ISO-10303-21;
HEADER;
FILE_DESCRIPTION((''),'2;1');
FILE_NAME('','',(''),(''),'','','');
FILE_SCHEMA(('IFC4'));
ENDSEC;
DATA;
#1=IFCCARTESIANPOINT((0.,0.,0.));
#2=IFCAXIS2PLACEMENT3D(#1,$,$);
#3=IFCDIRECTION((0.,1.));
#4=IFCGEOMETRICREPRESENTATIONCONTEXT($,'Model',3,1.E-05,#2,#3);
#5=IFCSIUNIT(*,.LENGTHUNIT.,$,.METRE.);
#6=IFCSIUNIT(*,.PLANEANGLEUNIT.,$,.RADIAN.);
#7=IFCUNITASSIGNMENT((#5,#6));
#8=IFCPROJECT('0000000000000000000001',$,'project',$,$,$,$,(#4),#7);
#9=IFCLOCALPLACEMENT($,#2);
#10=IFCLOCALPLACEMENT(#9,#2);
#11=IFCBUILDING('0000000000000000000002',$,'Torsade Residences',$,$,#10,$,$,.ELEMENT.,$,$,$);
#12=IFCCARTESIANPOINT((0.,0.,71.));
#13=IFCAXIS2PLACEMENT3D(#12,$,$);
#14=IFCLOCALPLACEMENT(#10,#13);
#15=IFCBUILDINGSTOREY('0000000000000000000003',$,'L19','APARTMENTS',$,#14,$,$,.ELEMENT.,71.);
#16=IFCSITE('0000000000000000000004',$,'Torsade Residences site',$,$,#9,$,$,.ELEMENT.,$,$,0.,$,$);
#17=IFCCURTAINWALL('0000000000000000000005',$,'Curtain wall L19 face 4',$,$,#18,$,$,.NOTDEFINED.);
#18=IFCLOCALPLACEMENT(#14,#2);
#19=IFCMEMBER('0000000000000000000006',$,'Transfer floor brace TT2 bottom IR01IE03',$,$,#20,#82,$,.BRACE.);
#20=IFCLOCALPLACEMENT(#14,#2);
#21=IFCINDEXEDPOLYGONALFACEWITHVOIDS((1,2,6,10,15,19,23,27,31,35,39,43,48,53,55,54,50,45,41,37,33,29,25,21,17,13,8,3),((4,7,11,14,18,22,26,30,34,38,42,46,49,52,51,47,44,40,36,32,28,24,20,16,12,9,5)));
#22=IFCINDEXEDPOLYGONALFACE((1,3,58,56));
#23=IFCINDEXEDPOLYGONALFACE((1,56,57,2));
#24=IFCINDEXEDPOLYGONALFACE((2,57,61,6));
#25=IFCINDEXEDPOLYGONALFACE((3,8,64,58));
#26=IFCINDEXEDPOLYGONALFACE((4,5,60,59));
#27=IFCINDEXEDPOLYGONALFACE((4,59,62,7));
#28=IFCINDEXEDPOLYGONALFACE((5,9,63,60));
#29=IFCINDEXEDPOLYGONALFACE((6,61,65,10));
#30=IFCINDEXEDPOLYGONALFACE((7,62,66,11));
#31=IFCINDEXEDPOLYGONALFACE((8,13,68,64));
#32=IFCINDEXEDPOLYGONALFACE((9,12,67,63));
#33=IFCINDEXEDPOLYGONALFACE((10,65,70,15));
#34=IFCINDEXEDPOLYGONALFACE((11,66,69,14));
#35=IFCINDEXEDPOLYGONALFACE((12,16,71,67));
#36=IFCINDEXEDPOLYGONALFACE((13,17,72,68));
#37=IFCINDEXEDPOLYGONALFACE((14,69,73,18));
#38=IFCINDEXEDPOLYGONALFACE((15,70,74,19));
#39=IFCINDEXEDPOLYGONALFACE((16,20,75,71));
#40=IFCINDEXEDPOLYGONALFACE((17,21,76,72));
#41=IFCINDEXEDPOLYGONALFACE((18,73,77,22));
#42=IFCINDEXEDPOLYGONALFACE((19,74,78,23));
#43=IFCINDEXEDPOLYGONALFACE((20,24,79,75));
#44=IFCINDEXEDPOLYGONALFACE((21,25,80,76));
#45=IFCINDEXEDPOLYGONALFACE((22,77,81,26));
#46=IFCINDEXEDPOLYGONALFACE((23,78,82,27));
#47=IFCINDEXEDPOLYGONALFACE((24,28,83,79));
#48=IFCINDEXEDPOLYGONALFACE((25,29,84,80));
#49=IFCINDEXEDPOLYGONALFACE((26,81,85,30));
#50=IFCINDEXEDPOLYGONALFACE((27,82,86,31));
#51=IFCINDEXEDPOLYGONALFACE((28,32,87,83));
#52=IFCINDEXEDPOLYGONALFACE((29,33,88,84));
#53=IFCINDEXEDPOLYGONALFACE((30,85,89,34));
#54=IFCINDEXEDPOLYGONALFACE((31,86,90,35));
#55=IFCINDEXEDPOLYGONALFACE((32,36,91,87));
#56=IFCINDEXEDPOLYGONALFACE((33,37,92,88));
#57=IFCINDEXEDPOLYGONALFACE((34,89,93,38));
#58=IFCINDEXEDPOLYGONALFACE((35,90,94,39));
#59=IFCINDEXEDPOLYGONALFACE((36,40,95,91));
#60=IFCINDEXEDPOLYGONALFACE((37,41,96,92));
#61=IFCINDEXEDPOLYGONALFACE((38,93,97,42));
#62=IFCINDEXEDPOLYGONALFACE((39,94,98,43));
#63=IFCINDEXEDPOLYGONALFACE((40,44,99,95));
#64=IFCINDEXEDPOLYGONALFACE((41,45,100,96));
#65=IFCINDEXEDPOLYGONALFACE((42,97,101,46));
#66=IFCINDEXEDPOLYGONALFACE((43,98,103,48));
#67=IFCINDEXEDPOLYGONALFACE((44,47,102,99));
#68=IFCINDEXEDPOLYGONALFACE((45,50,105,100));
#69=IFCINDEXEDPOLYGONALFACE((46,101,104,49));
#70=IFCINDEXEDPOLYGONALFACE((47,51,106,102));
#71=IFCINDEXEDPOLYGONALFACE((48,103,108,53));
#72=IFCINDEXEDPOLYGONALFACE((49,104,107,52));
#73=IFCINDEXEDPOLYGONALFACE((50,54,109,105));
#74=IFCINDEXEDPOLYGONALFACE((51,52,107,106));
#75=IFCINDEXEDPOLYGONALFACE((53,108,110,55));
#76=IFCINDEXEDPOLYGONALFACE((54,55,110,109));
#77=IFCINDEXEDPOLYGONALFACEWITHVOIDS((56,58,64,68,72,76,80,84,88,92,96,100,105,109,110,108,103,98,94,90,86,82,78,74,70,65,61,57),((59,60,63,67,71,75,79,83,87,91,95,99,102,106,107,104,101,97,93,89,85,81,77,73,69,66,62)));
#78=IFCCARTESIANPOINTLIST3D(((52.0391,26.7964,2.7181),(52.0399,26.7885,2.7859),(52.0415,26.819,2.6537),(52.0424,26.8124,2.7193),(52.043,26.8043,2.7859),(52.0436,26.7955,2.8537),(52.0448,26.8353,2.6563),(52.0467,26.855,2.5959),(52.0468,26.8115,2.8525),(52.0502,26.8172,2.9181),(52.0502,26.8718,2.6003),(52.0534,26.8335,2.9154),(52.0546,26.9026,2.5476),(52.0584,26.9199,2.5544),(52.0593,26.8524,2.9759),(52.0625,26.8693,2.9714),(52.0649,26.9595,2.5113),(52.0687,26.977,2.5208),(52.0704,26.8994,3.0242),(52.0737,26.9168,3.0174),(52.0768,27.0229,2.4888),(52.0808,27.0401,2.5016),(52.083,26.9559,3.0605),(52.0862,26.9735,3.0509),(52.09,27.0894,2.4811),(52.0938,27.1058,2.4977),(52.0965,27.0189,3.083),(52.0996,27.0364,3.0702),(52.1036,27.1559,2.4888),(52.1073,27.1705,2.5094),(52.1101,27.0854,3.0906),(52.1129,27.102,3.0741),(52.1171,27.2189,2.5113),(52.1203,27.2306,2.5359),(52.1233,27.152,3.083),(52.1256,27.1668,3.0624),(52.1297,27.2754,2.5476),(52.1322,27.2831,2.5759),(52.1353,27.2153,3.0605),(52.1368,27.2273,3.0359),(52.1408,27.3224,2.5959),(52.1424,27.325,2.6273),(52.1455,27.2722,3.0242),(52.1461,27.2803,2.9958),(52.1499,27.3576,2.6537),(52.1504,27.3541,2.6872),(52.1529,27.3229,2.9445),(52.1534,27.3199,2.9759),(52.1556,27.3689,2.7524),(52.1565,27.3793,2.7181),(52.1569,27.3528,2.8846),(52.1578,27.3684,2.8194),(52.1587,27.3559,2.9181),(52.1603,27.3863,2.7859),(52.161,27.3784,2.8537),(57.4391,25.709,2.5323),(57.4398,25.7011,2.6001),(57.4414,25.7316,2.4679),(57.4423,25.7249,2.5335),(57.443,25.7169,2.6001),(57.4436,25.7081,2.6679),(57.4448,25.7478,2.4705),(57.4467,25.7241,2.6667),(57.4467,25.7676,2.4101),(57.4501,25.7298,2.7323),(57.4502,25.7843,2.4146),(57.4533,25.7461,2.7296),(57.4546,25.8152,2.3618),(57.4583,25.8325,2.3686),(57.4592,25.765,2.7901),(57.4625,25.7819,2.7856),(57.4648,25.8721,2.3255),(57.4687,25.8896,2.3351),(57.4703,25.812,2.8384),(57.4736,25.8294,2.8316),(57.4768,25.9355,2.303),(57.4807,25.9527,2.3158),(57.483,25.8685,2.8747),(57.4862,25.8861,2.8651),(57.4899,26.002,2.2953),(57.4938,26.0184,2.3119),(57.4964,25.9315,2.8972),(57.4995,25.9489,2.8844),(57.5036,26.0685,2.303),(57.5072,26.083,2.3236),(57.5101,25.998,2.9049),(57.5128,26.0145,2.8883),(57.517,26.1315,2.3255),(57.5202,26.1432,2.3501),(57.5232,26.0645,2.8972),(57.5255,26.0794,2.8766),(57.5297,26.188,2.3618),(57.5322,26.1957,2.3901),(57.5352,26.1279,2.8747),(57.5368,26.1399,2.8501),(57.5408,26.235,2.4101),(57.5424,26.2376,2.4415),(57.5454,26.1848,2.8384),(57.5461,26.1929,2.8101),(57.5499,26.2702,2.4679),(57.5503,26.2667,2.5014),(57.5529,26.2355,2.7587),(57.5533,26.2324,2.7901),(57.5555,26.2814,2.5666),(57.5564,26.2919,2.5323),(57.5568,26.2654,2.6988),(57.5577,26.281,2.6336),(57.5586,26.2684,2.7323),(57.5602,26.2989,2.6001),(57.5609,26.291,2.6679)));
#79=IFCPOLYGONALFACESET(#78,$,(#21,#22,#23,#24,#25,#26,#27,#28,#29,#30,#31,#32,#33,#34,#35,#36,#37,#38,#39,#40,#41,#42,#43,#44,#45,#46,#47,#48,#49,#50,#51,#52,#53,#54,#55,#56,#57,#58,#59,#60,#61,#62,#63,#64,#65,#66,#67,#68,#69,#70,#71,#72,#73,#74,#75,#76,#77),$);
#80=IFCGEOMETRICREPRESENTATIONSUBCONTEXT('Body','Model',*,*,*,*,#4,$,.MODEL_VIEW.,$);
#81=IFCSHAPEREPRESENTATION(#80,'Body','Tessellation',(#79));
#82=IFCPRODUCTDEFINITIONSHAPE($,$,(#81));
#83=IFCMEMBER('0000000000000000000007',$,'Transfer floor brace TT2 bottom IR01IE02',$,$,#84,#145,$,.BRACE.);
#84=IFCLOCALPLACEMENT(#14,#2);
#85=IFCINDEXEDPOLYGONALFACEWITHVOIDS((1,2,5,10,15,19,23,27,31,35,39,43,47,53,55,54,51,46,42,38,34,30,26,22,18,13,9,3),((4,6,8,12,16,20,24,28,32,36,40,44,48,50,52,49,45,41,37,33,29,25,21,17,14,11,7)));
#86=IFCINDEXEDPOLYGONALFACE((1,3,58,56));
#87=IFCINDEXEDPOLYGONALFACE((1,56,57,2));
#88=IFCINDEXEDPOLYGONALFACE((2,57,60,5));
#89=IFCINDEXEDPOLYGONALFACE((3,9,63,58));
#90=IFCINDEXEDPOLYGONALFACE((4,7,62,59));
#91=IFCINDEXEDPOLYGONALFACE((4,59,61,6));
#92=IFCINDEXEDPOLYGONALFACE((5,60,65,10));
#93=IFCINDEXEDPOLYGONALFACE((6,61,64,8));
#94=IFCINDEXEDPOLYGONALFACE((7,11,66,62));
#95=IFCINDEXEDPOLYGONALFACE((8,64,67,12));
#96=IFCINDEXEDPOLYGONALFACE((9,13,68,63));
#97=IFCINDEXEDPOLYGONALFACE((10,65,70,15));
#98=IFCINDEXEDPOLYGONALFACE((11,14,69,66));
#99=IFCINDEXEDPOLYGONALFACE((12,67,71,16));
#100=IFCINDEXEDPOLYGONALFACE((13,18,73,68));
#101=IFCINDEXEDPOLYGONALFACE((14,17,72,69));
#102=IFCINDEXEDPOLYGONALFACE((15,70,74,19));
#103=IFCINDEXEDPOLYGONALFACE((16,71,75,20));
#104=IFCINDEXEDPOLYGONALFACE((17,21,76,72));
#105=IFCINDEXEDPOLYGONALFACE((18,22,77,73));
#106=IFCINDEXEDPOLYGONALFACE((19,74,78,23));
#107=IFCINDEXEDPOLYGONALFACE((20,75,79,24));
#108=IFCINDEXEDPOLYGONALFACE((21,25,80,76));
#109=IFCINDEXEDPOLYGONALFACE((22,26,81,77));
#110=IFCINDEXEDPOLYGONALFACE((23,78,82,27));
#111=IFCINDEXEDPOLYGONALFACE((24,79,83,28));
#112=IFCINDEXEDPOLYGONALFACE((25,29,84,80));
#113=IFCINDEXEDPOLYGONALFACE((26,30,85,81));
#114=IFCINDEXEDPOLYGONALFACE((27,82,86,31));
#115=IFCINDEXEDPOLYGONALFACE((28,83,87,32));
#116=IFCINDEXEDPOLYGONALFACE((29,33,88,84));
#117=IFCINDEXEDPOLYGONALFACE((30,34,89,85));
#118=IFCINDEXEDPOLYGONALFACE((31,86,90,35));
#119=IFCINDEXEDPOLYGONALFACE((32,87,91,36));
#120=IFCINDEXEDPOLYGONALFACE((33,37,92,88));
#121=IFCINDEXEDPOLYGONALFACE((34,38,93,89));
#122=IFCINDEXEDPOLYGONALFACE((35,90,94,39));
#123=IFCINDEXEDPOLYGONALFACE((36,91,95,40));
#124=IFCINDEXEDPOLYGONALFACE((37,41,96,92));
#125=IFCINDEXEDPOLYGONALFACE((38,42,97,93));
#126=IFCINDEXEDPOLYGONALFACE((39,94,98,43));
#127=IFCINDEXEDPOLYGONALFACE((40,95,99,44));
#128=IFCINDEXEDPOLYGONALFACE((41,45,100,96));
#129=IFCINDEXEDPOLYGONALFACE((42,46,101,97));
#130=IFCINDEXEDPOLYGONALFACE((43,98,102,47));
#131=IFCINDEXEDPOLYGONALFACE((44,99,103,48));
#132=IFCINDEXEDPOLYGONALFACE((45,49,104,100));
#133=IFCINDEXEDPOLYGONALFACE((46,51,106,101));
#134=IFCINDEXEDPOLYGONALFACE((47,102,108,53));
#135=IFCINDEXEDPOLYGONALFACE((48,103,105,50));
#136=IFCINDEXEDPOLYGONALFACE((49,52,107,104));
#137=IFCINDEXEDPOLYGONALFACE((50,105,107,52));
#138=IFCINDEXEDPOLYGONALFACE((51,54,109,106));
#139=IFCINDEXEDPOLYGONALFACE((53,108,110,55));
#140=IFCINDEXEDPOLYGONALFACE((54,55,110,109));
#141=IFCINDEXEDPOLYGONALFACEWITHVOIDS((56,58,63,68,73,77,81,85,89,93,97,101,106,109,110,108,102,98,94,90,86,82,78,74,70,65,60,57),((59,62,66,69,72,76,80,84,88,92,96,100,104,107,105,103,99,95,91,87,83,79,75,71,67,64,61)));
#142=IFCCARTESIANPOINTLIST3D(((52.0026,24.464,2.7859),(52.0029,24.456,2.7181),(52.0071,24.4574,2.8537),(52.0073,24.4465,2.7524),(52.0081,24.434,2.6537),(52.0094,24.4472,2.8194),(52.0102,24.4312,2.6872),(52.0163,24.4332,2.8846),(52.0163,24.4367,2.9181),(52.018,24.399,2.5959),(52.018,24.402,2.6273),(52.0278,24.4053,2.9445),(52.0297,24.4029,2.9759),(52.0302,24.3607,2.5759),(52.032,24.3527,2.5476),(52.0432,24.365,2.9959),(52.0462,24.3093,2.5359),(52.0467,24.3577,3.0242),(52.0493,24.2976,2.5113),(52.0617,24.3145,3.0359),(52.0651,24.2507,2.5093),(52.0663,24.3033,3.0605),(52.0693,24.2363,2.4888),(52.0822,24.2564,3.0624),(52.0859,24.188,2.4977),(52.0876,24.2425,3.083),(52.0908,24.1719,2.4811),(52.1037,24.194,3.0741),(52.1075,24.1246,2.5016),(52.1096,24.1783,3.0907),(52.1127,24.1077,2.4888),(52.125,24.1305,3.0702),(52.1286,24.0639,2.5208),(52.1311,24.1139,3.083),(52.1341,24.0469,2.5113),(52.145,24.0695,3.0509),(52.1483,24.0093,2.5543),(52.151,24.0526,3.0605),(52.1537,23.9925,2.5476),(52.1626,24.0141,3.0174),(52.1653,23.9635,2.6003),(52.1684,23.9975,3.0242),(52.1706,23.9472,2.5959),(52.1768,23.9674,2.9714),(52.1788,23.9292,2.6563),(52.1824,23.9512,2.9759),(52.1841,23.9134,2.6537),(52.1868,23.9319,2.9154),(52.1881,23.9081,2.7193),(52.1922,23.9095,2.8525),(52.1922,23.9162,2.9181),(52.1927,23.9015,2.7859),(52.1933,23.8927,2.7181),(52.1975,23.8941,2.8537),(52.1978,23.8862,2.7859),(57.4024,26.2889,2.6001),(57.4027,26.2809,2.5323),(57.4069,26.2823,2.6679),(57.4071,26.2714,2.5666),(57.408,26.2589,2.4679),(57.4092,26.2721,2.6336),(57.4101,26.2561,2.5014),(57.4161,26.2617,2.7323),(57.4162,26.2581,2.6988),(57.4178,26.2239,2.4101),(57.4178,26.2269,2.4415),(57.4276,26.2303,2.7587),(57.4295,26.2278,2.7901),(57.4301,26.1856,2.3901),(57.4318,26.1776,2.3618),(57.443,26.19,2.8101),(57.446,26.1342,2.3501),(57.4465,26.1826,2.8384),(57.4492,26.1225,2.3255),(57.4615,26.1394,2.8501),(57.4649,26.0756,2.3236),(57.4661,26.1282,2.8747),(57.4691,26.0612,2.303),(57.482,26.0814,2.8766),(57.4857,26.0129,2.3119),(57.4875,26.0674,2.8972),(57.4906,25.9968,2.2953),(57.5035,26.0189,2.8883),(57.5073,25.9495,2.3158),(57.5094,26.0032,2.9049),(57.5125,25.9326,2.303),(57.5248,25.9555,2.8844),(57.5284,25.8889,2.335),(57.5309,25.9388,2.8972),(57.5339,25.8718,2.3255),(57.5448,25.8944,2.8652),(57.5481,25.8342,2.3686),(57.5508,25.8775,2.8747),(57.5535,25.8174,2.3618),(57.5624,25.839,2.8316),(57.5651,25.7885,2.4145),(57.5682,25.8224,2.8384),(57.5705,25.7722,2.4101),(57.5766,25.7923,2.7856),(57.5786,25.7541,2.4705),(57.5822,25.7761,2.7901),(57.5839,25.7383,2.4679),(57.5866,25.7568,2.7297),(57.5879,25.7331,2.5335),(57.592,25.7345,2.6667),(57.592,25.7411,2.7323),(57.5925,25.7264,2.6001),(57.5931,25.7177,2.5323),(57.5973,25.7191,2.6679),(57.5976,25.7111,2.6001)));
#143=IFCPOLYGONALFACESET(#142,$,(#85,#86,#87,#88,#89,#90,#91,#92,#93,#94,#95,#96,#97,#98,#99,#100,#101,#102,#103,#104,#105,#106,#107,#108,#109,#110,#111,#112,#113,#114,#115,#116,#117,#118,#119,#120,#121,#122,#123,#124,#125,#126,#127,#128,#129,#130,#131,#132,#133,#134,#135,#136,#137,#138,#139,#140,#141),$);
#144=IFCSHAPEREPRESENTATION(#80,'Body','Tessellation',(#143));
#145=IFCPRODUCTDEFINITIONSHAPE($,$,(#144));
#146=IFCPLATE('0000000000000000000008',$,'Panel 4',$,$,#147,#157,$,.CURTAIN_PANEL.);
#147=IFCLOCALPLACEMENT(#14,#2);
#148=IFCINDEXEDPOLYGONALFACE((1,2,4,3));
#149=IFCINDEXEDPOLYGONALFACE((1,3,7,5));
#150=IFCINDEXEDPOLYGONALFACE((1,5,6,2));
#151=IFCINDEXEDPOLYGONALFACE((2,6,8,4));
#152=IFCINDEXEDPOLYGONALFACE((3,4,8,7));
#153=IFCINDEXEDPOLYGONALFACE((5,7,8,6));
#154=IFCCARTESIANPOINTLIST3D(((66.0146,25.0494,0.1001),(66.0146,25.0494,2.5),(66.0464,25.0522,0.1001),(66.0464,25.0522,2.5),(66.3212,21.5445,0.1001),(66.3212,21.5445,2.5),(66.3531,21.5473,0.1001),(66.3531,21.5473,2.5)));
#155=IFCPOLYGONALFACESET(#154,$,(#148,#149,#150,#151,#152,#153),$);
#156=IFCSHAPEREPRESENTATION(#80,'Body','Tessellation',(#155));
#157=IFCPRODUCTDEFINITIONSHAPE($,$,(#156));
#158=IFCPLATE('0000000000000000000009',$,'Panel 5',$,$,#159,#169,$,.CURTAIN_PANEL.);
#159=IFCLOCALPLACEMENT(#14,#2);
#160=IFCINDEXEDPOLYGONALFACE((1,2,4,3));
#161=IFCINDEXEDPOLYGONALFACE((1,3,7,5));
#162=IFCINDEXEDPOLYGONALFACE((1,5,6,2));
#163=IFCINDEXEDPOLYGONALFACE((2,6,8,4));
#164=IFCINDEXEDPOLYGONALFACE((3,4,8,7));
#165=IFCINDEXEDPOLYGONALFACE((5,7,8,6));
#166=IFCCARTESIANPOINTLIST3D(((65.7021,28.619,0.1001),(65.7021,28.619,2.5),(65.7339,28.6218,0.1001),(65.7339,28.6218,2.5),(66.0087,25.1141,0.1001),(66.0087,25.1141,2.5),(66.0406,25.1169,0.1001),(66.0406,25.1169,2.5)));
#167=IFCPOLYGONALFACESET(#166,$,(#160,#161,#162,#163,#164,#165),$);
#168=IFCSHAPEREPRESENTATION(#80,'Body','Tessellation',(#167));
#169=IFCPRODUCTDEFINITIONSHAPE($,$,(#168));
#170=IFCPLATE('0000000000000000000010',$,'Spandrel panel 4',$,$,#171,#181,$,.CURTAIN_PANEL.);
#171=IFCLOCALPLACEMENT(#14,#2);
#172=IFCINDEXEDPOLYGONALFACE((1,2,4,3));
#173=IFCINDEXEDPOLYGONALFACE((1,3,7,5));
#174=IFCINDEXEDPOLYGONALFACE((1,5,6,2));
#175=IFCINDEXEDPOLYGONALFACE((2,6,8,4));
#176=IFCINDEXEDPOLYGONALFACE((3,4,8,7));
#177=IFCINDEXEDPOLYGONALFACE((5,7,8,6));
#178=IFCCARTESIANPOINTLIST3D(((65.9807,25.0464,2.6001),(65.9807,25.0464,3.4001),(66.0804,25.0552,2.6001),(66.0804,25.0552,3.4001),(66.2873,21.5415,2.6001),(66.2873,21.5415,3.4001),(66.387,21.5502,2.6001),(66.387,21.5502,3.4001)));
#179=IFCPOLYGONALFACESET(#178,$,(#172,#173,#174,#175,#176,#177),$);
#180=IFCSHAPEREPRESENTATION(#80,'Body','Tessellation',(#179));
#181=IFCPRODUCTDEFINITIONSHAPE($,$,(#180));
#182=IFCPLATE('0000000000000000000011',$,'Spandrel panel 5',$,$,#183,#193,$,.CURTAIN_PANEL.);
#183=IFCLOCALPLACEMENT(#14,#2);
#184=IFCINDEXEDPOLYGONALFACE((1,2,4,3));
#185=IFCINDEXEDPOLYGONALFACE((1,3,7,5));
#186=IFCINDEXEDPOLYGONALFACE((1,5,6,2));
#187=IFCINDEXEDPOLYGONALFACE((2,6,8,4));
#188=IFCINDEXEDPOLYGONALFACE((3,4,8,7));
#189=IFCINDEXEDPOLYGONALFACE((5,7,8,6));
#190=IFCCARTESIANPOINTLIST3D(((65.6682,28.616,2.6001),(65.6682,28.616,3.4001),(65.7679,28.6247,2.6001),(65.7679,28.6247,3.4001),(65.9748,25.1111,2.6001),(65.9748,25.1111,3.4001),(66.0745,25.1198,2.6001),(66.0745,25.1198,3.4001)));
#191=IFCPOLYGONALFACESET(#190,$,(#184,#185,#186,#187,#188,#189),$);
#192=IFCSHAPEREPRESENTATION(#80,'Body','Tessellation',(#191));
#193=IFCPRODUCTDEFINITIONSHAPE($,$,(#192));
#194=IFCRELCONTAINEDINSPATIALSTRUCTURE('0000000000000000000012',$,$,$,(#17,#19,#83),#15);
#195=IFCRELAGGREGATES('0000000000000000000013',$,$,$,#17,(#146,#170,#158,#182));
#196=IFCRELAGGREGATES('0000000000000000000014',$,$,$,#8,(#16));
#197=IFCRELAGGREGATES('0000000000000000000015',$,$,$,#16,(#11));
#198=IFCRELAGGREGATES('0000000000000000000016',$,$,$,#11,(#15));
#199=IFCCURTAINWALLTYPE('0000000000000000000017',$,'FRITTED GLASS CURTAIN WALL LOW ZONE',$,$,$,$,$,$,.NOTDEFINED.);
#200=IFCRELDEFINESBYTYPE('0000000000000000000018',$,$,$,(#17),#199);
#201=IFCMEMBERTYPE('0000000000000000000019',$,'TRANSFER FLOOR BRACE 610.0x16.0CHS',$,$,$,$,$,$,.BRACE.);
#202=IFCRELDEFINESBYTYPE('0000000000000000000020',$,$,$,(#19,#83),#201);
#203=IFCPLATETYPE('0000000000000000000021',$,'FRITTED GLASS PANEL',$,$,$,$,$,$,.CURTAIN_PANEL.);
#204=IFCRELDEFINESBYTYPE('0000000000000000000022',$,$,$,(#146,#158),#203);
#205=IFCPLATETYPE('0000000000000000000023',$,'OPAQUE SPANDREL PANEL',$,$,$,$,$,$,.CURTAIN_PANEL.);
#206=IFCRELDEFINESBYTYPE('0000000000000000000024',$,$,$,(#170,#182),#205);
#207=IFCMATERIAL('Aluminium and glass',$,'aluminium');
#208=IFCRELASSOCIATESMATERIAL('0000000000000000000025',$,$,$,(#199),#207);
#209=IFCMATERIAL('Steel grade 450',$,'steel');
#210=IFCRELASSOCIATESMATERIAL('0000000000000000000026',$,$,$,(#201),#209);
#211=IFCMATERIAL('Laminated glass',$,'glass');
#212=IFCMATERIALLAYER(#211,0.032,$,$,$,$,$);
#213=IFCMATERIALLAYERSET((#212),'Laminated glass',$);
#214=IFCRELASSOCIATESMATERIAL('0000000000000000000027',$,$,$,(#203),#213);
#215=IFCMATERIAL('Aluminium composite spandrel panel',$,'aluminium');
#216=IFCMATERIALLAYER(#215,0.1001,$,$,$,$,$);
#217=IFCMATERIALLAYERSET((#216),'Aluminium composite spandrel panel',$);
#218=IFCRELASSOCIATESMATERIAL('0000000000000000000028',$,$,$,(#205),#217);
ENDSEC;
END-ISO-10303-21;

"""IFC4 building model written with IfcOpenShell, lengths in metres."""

from ifc_helpers import new_model, si_unit, direction, frame, origin, origin_2d, place, context, subcontext, project, spatial, rectangle, hollow_circle, extrude, material, layer, layer_set, material_profile, profile_set, type_object, element, aggregate, save


model = new_model("IFC4")

# Units and contexts
model_context = context("Model", 3, precision=1e-05, world=origin(), true_north=direction((0.0, 1.0)))
body_context = subcontext(model_context, "Body", "Model", "MODEL_VIEW")
ifc_project = project(units=[si_unit("LENGTHUNIT", "METRE"), si_unit("PLANEANGLEUNIT", "RADIAN")], contexts=[model_context])

# Site, building, storey
site_placement = place(None, origin())
site = spatial("IfcSite", under=ifc_project, at=site_placement, Name="Torsade Residences site", CompositionType="ELEMENT", RefElevation=0.0)
building_placement = place(site_placement, origin())
building = spatial("IfcBuilding", under=site, at=building_placement, Name="Torsade Residences", CompositionType="ELEMENT")
storey_placement = place(building_placement, frame((0.0, 0.0, 71.0)))
storey = spatial("IfcBuildingStorey", under=building, at=storey_placement, Name="L19", Description="APARTMENTS", CompositionType="ELEMENT", Elevation=71.0)

# Curtain wall
ifc_material_1 = material(Name="Aluminium and glass", Category="aluminium")
curtain_wall_type = type_object("IfcCurtainWallType", Name="FRITTED GLASS CURTAIN WALL LOW ZONE", PredefinedType="NOTDEFINED", material=ifc_material_1)
curtain_wall_placement = place(storey_placement, origin())
curtain_wall = element("IfcCurtainWall", 1, at=curtain_wall_placement, inside=storey, type_object=curtain_wall_type, Name="Curtain wall L19 face 4", PredefinedType="NOTDEFINED")

# Members
ifc_material_2 = material(Name="Steel grade 450", Category="steel")
ifc_material_profile_1 = material_profile(ifc_material_2, hollow_circle(Radius=0.3049, WallThickness=0.0161, at=origin_2d()), Name="610.0x16.0CHS")
ifc_profile_set_1 = profile_set([ifc_material_profile_1], Name="Steel grade 450")
member_type_1 = type_object("IfcMemberType", Name="TRANSFER FLOOR BRACE 610.0x16.0CHS", PredefinedType="BRACE", material=ifc_profile_set_1)
member_1_placement = place(storey_placement, frame((57.5, 26.0, 2.6001), z_axis=(-0.979764, 0.197299, 0.03371), x_axis=(-0.197412, -0.980321, 0.0)))
element("IfcMember", 2, at=member_1_placement, inside=storey, type_object=member_type_1, Name="Transfer floor brace TT2 bottom IR01IE03", PredefinedType="BRACE", context=body_context, shape_type="SweptSolid", body=[
    extrude(hollow_circle(Radius=0.3049, WallThickness=0.0161, at=origin_2d()), origin(), (0.0, 0.0, 1.0), 5.5115),
])
member_2_placement = place(storey_placement, frame((57.5, 26.0, 2.6001), z_axis=(-0.946857, -0.32, 0.032578), x_axis=(0.32017, -0.94736, 0.0)))
element("IfcMember", 3, at=member_2_placement, inside=storey, type_object=member_type_1, Name="Transfer floor brace TT2 bottom IR01IE02", PredefinedType="BRACE", context=body_context, shape_type="SweptSolid", body=[
    extrude(hollow_circle(Radius=0.3049, WallThickness=0.0161, at=origin_2d()), origin(), (0.0, 0.0, 1.0), 5.7029),
])

# Plates
ifc_material_3 = material(Name="Laminated glass", Category="glass")
ifc_layer_1 = layer(ifc_material_3, 0.032)
ifc_layer_set_1 = layer_set([ifc_layer_1], Name="Laminated glass")
plate_type_1 = type_object("IfcPlateType", Name="FRITTED GLASS PANEL", PredefinedType="CURTAIN_PANEL", material=ifc_layer_set_1)
plate_1_placement = place(storey_placement, frame((66.1838, 23.2983, 0.1001), z_axis=(0.0, 0.0, 1.0), x_axis=(-0.087156, 0.996195, 0.0)))
plate_1 = element("IfcPlate", 4, at=plate_1_placement, type_object=plate_type_1, Name="Panel 4", PredefinedType="CURTAIN_PANEL", context=body_context, shape_type="SweptSolid", body=[
    extrude(rectangle(XDim=3.5183, YDim=0.032, at=origin_2d()), origin(), (0.0, 0.0, 1.0), 2.3999),
])
plate_2_placement = place(storey_placement, frame((65.8713, 26.8679, 0.1001), z_axis=(0.0, 0.0, 1.0), x_axis=(-0.087156, 0.996195, 0.0)))
plate_2 = element("IfcPlate", 5, at=plate_2_placement, type_object=plate_type_1, Name="Panel 5", PredefinedType="CURTAIN_PANEL", context=body_context, shape_type="SweptSolid", body=[
    extrude(rectangle(XDim=3.5183, YDim=0.032, at=origin_2d()), origin(), (0.0, 0.0, 1.0), 2.3999),
])
ifc_material_4 = material(Name="Aluminium composite spandrel panel", Category="aluminium")
ifc_layer_2 = layer(ifc_material_4, 0.1001)
ifc_layer_set_2 = layer_set([ifc_layer_2], Name="Aluminium composite spandrel panel")
plate_type_2 = type_object("IfcPlateType", Name="OPAQUE SPANDREL PANEL", PredefinedType="CURTAIN_PANEL", material=ifc_layer_set_2)
plate_3_placement = place(storey_placement, frame((66.1838, 23.2983, 2.6001), z_axis=(0.0, 0.0, 1.0), x_axis=(-0.087156, 0.996195, 0.0)))
plate_3 = element("IfcPlate", 6, at=plate_3_placement, type_object=plate_type_2, Name="Spandrel panel 4", PredefinedType="CURTAIN_PANEL", context=body_context, shape_type="SweptSolid", body=[
    extrude(rectangle(XDim=3.5183, YDim=0.1001, at=origin_2d()), origin(), (0.0, 0.0, 1.0), 0.8),
])
plate_4_placement = place(storey_placement, frame((65.8713, 26.8679, 2.6001), z_axis=(0.0, 0.0, 1.0), x_axis=(-0.087156, 0.996195, 0.0)))
plate_4 = element("IfcPlate", 7, at=plate_4_placement, type_object=plate_type_2, Name="Spandrel panel 5", PredefinedType="CURTAIN_PANEL", context=body_context, shape_type="SweptSolid", body=[
    extrude(rectangle(XDim=3.5183, YDim=0.1001, at=origin_2d()), origin(), (0.0, 0.0, 1.0), 0.8),
])
aggregate(curtain_wall, [plate_1, plate_3, plate_2, plate_4])

save(model, "model.ifc")
